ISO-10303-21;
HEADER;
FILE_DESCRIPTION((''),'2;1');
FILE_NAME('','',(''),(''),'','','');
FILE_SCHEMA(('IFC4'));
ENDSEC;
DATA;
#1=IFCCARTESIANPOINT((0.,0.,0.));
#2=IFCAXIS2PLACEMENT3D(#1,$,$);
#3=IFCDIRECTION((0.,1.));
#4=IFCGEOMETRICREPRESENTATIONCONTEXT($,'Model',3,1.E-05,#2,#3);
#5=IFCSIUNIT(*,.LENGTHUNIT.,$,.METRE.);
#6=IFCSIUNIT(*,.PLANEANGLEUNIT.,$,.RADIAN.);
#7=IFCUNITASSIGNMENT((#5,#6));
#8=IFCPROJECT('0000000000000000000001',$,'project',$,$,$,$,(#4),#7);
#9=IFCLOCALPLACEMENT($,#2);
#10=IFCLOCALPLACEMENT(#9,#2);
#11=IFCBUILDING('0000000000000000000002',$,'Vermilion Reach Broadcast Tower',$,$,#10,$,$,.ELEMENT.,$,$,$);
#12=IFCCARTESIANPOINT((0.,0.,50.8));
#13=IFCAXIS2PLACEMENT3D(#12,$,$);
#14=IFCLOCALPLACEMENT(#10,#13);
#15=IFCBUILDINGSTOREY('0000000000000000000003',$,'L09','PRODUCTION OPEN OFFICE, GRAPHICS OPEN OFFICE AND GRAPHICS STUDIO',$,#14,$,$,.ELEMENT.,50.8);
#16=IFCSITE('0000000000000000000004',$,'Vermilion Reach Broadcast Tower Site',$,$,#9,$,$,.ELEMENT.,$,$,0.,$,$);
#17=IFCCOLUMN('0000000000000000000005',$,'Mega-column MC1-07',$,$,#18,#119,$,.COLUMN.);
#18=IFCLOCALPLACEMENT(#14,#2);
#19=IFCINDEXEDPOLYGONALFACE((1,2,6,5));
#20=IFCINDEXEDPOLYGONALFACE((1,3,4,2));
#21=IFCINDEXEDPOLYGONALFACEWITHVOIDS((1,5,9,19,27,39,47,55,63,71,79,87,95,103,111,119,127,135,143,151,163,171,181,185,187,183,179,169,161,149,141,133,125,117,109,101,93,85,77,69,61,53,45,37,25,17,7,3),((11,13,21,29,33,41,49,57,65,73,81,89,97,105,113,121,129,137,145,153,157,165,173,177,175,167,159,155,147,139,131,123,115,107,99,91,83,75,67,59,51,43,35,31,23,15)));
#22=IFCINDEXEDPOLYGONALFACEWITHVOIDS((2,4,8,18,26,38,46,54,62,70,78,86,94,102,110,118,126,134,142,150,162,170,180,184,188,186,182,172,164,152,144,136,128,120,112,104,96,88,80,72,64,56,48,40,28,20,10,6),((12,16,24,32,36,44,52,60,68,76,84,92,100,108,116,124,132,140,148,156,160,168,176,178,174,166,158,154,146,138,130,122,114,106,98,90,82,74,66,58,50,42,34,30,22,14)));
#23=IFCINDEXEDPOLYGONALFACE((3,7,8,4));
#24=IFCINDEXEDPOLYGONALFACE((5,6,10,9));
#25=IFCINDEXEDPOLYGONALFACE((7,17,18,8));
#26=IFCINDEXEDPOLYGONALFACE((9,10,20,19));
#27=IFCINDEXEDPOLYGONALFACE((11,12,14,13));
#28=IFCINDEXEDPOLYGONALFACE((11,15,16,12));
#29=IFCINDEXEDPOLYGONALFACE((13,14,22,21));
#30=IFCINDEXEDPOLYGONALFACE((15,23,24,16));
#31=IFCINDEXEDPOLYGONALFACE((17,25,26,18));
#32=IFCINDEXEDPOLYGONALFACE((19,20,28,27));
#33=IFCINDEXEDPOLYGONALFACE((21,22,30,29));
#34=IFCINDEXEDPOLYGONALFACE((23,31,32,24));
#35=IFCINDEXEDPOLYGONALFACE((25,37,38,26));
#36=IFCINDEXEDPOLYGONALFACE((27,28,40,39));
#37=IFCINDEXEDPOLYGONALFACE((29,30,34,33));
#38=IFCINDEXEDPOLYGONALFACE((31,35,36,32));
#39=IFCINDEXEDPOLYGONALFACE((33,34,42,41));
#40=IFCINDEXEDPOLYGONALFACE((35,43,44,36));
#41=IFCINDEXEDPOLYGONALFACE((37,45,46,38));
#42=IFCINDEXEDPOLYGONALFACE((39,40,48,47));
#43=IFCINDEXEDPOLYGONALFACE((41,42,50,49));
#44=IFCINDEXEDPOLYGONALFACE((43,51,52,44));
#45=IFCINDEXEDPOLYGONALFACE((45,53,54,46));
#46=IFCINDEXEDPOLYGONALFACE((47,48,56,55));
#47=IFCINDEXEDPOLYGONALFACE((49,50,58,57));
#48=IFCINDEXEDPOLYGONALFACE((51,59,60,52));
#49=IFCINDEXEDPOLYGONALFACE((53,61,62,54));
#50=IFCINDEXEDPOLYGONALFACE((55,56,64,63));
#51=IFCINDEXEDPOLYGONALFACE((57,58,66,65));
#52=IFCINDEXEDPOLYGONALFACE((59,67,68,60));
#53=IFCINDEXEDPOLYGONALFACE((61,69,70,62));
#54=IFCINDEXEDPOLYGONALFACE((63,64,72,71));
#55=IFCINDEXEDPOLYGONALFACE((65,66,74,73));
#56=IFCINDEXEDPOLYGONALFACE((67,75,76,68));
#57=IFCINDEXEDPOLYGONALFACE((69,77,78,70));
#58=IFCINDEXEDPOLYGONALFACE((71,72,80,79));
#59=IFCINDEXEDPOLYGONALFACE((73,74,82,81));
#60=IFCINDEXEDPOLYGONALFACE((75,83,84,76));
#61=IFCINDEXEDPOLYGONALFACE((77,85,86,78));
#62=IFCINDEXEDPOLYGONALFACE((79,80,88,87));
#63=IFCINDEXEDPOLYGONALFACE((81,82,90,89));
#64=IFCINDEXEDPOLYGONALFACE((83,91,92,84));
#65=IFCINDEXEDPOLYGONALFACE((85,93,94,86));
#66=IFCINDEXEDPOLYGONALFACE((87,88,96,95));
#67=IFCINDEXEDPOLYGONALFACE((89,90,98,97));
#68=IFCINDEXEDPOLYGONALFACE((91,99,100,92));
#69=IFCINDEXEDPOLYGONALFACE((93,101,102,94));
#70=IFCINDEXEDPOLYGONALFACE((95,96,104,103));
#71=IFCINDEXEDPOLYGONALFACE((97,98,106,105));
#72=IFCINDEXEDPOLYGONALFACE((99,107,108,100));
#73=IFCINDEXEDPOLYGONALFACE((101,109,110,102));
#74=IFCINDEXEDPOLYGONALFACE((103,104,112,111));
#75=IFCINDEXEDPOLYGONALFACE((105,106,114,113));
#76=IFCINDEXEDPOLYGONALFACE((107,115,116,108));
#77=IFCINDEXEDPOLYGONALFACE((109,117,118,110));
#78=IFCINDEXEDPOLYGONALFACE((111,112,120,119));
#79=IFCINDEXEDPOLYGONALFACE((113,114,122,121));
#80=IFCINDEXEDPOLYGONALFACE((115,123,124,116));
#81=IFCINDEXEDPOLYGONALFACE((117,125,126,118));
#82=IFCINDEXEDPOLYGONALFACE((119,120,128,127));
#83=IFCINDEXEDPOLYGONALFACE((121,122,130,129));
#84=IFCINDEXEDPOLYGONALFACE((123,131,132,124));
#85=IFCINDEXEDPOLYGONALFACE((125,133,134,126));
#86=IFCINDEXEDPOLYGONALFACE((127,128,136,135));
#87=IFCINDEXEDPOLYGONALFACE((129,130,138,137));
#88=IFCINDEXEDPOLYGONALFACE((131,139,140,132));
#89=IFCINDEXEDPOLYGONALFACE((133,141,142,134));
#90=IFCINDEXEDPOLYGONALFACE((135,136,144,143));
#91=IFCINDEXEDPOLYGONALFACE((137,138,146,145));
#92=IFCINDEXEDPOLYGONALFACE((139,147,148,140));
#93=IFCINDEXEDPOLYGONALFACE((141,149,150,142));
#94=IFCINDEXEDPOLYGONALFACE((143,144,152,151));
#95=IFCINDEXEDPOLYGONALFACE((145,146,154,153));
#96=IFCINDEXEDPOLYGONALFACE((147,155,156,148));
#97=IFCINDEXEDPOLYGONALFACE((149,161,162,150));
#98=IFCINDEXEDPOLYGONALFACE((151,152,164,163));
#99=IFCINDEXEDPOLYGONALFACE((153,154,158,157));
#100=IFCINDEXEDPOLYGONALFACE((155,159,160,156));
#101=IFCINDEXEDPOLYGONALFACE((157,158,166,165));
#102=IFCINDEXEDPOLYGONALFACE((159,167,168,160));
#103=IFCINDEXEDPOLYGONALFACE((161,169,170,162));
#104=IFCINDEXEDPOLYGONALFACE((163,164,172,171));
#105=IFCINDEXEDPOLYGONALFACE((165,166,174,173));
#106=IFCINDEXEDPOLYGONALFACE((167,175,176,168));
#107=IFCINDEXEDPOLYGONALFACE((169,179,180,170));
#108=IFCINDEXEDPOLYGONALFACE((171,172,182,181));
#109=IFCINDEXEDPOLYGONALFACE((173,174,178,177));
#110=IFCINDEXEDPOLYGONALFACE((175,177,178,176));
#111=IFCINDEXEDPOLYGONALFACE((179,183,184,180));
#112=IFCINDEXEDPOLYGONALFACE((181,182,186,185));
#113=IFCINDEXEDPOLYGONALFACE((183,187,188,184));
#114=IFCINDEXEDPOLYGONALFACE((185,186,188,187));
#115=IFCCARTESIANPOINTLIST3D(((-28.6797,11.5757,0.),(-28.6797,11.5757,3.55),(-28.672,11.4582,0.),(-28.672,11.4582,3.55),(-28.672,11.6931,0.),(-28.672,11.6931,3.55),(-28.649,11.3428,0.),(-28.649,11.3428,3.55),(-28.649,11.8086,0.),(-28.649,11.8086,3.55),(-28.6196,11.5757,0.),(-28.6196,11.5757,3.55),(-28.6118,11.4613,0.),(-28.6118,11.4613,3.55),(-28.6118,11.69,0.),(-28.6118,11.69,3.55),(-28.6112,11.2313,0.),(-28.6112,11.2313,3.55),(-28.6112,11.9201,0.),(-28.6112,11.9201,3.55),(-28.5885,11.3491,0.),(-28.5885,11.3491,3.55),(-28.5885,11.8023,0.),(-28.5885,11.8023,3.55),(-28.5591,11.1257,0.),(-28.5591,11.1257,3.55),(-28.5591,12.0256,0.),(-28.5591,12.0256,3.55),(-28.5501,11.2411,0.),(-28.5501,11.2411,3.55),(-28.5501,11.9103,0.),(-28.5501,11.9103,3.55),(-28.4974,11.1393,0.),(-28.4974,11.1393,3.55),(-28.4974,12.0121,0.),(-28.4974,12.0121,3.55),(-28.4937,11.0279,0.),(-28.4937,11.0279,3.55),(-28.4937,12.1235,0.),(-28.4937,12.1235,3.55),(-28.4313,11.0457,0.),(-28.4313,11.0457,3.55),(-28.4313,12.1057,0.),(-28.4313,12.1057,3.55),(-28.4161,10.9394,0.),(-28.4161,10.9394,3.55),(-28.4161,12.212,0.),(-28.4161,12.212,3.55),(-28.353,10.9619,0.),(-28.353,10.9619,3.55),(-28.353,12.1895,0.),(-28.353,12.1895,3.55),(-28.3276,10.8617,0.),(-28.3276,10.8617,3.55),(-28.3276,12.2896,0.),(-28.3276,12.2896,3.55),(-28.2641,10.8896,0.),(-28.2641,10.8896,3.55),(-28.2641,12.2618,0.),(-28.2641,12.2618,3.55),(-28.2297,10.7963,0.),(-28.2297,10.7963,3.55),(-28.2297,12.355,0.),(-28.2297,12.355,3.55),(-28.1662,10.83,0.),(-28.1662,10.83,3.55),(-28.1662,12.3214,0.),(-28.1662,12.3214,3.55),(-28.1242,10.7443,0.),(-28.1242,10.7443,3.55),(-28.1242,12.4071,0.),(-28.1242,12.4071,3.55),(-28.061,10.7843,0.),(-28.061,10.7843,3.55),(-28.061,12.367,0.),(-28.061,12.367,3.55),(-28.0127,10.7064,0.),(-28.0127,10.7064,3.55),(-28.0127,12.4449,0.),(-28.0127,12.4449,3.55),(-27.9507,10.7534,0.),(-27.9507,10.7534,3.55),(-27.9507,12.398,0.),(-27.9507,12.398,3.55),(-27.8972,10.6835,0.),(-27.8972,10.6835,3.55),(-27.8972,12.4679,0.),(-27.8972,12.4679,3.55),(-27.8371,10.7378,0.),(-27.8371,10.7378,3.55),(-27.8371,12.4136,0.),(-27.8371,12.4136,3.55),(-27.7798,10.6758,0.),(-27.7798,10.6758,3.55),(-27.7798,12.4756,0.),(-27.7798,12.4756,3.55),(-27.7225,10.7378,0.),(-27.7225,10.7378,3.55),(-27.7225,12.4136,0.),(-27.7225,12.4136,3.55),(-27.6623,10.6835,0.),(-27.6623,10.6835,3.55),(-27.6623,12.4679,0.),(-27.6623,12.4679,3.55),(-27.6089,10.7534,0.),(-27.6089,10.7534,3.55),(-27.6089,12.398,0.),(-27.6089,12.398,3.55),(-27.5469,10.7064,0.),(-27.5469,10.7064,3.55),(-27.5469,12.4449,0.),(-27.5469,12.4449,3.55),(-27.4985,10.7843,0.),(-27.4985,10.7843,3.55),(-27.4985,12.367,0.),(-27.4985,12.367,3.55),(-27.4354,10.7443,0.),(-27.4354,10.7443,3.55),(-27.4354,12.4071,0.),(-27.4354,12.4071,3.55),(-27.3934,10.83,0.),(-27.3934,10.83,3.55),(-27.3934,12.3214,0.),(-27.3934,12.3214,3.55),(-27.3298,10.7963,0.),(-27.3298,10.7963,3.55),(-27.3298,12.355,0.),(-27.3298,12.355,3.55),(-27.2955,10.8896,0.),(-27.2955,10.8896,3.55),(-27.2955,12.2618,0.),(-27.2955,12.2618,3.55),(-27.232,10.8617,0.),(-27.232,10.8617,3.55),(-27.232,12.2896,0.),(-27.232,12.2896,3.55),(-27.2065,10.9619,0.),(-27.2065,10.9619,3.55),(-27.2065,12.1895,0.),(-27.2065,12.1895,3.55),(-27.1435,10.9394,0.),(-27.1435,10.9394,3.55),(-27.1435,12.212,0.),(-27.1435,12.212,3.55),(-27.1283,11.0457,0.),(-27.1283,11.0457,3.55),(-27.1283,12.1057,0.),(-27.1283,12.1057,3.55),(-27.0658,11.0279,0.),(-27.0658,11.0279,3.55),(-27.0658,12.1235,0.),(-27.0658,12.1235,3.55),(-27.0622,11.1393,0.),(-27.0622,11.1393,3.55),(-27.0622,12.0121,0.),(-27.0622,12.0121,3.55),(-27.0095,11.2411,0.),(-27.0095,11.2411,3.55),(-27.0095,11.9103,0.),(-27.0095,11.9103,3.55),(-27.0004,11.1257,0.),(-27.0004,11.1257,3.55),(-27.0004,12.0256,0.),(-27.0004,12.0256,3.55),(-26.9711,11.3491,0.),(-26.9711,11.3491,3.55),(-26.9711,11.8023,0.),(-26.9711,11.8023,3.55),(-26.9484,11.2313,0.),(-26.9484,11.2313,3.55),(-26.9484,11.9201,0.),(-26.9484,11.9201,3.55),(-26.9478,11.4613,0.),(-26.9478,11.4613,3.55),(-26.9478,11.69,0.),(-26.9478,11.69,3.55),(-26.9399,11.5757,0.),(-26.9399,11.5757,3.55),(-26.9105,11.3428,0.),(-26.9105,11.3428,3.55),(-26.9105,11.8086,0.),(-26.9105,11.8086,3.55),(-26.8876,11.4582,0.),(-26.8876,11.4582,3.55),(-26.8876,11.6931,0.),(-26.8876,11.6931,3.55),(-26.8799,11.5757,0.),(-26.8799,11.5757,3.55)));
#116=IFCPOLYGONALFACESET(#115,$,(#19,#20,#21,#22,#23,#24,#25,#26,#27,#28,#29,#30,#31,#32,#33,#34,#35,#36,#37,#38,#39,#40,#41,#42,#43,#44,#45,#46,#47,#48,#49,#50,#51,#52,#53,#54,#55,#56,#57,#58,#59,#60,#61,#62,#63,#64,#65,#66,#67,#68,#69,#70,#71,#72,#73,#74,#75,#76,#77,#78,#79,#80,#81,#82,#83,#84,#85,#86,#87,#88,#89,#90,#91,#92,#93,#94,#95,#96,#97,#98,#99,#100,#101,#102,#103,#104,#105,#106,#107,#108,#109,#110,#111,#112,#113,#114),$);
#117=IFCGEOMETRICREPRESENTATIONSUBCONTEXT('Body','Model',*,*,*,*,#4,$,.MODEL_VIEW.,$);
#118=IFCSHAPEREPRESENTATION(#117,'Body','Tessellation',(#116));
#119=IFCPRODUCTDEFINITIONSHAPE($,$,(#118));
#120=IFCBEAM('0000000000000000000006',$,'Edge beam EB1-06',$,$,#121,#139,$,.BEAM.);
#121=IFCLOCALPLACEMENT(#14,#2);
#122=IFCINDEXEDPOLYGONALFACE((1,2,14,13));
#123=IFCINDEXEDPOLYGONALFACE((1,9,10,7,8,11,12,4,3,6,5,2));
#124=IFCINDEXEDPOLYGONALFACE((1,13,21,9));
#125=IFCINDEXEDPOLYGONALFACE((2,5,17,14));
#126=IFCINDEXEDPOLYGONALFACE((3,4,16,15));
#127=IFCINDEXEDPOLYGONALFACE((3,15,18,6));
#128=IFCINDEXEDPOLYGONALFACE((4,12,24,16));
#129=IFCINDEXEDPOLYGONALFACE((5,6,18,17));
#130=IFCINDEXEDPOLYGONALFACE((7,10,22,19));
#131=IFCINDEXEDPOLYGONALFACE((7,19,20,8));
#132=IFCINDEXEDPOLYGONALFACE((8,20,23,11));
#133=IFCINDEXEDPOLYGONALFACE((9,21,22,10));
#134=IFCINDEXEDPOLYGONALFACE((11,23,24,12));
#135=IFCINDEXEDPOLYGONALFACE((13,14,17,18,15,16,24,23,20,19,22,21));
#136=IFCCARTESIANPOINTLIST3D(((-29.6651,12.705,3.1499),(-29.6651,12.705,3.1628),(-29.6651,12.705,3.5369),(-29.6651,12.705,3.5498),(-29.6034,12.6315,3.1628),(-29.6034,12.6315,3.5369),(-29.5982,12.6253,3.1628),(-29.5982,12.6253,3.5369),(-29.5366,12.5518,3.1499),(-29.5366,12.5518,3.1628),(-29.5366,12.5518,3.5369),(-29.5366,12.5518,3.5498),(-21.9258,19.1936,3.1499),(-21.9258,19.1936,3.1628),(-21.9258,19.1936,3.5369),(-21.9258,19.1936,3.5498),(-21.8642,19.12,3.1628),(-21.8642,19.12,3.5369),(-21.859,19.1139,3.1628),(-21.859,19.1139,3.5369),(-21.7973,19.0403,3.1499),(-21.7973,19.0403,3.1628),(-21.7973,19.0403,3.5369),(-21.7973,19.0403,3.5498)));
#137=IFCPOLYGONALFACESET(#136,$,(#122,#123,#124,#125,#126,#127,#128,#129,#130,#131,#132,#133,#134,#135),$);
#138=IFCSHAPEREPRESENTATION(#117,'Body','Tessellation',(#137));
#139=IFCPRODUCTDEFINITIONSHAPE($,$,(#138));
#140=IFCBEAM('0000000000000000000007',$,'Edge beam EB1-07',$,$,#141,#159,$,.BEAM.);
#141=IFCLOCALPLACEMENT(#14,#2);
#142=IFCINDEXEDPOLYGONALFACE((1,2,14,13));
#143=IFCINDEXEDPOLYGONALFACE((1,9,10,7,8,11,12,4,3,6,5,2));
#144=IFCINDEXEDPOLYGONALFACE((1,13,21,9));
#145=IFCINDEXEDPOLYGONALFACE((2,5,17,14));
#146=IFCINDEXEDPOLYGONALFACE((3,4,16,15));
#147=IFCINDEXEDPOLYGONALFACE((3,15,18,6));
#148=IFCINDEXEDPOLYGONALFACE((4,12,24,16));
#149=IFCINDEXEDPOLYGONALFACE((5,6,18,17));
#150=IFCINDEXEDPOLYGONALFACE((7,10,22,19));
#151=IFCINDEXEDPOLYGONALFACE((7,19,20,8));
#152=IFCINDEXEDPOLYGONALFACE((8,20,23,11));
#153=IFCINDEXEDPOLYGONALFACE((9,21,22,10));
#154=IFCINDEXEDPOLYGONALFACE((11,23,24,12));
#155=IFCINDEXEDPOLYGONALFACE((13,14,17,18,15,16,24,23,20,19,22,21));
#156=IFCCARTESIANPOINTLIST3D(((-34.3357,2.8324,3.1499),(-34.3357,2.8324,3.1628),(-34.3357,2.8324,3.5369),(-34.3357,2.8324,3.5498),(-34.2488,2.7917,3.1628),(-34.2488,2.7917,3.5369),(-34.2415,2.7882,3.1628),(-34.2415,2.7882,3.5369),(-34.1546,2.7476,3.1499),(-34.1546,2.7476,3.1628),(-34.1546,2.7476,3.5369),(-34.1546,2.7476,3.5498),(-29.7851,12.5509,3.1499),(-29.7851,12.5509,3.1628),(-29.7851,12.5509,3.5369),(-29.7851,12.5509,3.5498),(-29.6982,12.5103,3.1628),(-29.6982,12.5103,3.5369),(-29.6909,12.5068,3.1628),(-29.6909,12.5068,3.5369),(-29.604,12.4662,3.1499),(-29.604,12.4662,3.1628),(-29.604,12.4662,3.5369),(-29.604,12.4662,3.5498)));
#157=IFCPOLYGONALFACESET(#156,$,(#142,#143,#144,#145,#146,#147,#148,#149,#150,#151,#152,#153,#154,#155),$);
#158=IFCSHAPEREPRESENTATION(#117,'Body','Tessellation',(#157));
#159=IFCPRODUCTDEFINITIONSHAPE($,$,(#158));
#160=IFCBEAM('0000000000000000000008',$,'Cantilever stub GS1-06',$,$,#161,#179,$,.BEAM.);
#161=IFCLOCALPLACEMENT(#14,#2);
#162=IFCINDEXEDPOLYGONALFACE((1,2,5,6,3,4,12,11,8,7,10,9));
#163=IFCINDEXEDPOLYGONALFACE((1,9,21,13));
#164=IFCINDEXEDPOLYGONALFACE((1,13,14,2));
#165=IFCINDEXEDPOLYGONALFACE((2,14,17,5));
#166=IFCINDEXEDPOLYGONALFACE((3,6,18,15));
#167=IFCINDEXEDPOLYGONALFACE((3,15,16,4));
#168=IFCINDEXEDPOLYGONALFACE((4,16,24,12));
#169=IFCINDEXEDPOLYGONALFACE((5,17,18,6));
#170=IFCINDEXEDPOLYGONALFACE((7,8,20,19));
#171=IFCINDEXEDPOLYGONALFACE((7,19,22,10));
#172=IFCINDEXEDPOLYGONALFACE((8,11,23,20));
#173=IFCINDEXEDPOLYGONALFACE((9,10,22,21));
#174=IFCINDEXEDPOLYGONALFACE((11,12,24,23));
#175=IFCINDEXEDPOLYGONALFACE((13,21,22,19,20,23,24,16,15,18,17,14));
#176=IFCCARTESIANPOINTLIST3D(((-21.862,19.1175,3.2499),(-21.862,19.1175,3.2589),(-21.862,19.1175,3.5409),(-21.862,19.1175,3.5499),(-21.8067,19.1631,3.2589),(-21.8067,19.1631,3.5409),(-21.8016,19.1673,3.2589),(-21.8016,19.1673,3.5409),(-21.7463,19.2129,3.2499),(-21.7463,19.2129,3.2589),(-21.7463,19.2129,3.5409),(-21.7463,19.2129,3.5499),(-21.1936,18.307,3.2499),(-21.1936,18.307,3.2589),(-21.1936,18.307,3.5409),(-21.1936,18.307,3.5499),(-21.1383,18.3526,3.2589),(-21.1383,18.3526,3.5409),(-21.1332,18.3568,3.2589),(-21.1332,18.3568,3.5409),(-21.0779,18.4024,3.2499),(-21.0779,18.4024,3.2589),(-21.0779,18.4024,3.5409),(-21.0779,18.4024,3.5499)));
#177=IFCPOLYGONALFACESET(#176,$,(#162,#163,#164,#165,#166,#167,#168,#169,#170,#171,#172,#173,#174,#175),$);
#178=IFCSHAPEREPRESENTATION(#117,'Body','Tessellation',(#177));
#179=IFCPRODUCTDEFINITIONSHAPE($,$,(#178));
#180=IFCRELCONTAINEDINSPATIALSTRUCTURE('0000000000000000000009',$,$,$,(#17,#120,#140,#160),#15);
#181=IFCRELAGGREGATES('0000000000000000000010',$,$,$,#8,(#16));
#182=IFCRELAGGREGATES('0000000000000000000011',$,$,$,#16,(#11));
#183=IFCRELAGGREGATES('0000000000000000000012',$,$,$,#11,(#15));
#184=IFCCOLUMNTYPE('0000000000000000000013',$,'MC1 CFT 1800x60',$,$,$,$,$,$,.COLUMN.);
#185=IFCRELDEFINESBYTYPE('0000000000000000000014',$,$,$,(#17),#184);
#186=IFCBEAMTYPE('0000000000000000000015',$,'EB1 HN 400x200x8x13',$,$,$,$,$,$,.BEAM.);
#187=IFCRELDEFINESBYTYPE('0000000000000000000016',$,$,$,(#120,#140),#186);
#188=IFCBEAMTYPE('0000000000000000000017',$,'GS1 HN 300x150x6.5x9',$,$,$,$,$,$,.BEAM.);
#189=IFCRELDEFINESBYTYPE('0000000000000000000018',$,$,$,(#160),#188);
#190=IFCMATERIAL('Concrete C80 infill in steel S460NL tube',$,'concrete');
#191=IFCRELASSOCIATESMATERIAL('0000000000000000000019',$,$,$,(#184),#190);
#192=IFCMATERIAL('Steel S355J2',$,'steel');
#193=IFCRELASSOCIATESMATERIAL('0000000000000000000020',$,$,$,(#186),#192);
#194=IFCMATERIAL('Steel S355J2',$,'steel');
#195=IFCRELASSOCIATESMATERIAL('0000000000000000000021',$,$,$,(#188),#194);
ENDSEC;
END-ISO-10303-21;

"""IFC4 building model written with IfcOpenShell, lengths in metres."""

from ifc_helpers import new_model, si_unit, direction, frame, origin, origin_2d, place, context, subcontext, project, spatial, hollow_circle, i_section, extrude, material, material_profile, profile_set, type_object, element, save


model = new_model("IFC4")

# Units and contexts
model_context = context("Model", 3, precision=1e-05, world=origin(), true_north=direction((0.0, 1.0)))
body_context = subcontext(model_context, "Body", "Model", "MODEL_VIEW")
ifc_project = project(units=[si_unit("LENGTHUNIT", "METRE"), si_unit("PLANEANGLEUNIT", "RADIAN")], contexts=[model_context])

# Site, building, storey
site_placement = place(None, origin())
site = spatial("IfcSite", under=ifc_project, at=site_placement, Name="Vermilion Reach Broadcast Tower Site", CompositionType="ELEMENT", RefElevation=0.0)
building_placement = place(site_placement, origin())
building = spatial("IfcBuilding", under=site, at=building_placement, Name="Vermilion Reach Broadcast Tower", CompositionType="ELEMENT")
storey_placement = place(building_placement, frame((0.0, 0.0, 50.8)))
storey = spatial("IfcBuildingStorey", under=building, at=storey_placement, Name="L09", Description="PRODUCTION OPEN OFFICE, GRAPHICS OPEN OFFICE AND GRAPHICS STUDIO", CompositionType="ELEMENT", Elevation=50.8)

# Column
ifc_material_1 = material(Name="Concrete C80 infill in steel S460NL tube", Category="concrete")
ifc_material_profile_1 = material_profile(ifc_material_1, hollow_circle(Radius=0.8999, WallThickness=0.0601, at=origin_2d()), Name="Concrete C80 infill in steel S460NL tube CFT 1800x60")
ifc_profile_set_1 = profile_set([ifc_material_profile_1], Name="Concrete C80 infill in steel S460NL tube")
column_type = type_object("IfcColumnType", Name="MC1 CFT 1800x60", PredefinedType="COLUMN", material=ifc_profile_set_1)
for number, where, z_axis, x_axis, name in (
    (1, (-27.7798, 11.5757, 0.0), (0.0, 0.0, 1.0), (1.0, 0.0, 0.0), "Mega-column MC1-07"),
):
    element("IfcColumn", number, at=place(storey_placement, frame(where, z_axis=z_axis, x_axis=x_axis)), inside=storey, type_object=column_type, Name=name, PredefinedType="COLUMN", context=body_context, shape_type="SweptSolid", body=[
        extrude(hollow_circle(Radius=0.8999, WallThickness=0.0601, at=origin_2d()), origin(), (0.0, 0.0, 1.0), 3.55),
    ])

# Beams
ifc_material_2 = material(Name="Steel S355J2", Category="steel")
ifc_material_profile_2 = material_profile(ifc_material_2, i_section(OverallWidth=0.2, OverallDepth=0.3999, WebThickness=0.0081, FlangeThickness=0.0129, at=origin_2d()), Name="S355J2 HN 400x200x8x13")
ifc_profile_set_2 = profile_set([ifc_material_profile_2], Name="Steel S355J2")
beam_type_1 = type_object("IfcBeamType", Name="EB1 HN 400x200x8x13", PredefinedType="BEAM", material=ifc_profile_set_2)
beam_1_placement = place(storey_placement, frame((-21.8616, 19.1169, 3.3499), z_axis=(-0.766312, -0.642469, 0.0), x_axis=(0.642469, -0.766312, 0.0)))
element("IfcBeam", 2, at=beam_1_placement, inside=storey, type_object=beam_type_1, Name="Edge beam EB1-06", PredefinedType="BEAM", context=body_context, shape_type="SweptSolid", body=[
    extrude(i_section(OverallWidth=0.2, OverallDepth=0.3999, WebThickness=0.0081, FlangeThickness=0.0129, at=origin_2d()), origin(), (0.0, 0.0, 1.0), 10.0994),
])
beam_2_placement = place(storey_placement, frame((-29.6946, 12.5085, 3.3499), z_axis=(-0.424051, -0.905638, 0.0), x_axis=(0.905638, -0.424051, 0.0)))
element("IfcBeam", 3, at=beam_2_placement, inside=storey, type_object=beam_type_1, Name="Edge beam EB1-07", PredefinedType="BEAM", context=body_context, shape_type="SweptSolid", body=[
    extrude(i_section(OverallWidth=0.2, OverallDepth=0.3999, WebThickness=0.0081, FlangeThickness=0.0129, at=origin_2d()), origin(), (0.0, 0.0, 1.0), 10.7312),
])
ifc_material_3 = material(Name="Steel S355J2", Category="steel")
ifc_material_profile_3 = material_profile(ifc_material_3, i_section(OverallWidth=0.1499, OverallDepth=0.3, WebThickness=0.0066, FlangeThickness=0.009, at=origin_2d()), Name="S355J2 HN 300x150x6.5x9")
ifc_profile_set_3 = profile_set([ifc_material_profile_3], Name="Steel S355J2")
beam_type_2 = type_object("IfcBeamType", Name="GS1 HN 300x150x6.5x9", PredefinedType="BEAM", material=ifc_profile_set_3)
beam_3_placement = place(storey_placement, frame((-21.1357, 18.3547, 3.3999), z_axis=(-0.636245, 0.771487, 0.0), x_axis=(-0.771487, -0.636245, 0.0)))
element("IfcBeam", 4, at=beam_3_placement, inside=storey, type_object=beam_type_2, Name="Cantilever stub GS1-06", PredefinedType="BEAM", context=body_context, shape_type="SweptSolid", body=[
    extrude(i_section(OverallWidth=0.1499, OverallDepth=0.3, WebThickness=0.0066, FlangeThickness=0.009, at=origin_2d()), origin(), (0.0, 0.0, 1.0), 1.0505),
])

save(model, "model.ifc")
